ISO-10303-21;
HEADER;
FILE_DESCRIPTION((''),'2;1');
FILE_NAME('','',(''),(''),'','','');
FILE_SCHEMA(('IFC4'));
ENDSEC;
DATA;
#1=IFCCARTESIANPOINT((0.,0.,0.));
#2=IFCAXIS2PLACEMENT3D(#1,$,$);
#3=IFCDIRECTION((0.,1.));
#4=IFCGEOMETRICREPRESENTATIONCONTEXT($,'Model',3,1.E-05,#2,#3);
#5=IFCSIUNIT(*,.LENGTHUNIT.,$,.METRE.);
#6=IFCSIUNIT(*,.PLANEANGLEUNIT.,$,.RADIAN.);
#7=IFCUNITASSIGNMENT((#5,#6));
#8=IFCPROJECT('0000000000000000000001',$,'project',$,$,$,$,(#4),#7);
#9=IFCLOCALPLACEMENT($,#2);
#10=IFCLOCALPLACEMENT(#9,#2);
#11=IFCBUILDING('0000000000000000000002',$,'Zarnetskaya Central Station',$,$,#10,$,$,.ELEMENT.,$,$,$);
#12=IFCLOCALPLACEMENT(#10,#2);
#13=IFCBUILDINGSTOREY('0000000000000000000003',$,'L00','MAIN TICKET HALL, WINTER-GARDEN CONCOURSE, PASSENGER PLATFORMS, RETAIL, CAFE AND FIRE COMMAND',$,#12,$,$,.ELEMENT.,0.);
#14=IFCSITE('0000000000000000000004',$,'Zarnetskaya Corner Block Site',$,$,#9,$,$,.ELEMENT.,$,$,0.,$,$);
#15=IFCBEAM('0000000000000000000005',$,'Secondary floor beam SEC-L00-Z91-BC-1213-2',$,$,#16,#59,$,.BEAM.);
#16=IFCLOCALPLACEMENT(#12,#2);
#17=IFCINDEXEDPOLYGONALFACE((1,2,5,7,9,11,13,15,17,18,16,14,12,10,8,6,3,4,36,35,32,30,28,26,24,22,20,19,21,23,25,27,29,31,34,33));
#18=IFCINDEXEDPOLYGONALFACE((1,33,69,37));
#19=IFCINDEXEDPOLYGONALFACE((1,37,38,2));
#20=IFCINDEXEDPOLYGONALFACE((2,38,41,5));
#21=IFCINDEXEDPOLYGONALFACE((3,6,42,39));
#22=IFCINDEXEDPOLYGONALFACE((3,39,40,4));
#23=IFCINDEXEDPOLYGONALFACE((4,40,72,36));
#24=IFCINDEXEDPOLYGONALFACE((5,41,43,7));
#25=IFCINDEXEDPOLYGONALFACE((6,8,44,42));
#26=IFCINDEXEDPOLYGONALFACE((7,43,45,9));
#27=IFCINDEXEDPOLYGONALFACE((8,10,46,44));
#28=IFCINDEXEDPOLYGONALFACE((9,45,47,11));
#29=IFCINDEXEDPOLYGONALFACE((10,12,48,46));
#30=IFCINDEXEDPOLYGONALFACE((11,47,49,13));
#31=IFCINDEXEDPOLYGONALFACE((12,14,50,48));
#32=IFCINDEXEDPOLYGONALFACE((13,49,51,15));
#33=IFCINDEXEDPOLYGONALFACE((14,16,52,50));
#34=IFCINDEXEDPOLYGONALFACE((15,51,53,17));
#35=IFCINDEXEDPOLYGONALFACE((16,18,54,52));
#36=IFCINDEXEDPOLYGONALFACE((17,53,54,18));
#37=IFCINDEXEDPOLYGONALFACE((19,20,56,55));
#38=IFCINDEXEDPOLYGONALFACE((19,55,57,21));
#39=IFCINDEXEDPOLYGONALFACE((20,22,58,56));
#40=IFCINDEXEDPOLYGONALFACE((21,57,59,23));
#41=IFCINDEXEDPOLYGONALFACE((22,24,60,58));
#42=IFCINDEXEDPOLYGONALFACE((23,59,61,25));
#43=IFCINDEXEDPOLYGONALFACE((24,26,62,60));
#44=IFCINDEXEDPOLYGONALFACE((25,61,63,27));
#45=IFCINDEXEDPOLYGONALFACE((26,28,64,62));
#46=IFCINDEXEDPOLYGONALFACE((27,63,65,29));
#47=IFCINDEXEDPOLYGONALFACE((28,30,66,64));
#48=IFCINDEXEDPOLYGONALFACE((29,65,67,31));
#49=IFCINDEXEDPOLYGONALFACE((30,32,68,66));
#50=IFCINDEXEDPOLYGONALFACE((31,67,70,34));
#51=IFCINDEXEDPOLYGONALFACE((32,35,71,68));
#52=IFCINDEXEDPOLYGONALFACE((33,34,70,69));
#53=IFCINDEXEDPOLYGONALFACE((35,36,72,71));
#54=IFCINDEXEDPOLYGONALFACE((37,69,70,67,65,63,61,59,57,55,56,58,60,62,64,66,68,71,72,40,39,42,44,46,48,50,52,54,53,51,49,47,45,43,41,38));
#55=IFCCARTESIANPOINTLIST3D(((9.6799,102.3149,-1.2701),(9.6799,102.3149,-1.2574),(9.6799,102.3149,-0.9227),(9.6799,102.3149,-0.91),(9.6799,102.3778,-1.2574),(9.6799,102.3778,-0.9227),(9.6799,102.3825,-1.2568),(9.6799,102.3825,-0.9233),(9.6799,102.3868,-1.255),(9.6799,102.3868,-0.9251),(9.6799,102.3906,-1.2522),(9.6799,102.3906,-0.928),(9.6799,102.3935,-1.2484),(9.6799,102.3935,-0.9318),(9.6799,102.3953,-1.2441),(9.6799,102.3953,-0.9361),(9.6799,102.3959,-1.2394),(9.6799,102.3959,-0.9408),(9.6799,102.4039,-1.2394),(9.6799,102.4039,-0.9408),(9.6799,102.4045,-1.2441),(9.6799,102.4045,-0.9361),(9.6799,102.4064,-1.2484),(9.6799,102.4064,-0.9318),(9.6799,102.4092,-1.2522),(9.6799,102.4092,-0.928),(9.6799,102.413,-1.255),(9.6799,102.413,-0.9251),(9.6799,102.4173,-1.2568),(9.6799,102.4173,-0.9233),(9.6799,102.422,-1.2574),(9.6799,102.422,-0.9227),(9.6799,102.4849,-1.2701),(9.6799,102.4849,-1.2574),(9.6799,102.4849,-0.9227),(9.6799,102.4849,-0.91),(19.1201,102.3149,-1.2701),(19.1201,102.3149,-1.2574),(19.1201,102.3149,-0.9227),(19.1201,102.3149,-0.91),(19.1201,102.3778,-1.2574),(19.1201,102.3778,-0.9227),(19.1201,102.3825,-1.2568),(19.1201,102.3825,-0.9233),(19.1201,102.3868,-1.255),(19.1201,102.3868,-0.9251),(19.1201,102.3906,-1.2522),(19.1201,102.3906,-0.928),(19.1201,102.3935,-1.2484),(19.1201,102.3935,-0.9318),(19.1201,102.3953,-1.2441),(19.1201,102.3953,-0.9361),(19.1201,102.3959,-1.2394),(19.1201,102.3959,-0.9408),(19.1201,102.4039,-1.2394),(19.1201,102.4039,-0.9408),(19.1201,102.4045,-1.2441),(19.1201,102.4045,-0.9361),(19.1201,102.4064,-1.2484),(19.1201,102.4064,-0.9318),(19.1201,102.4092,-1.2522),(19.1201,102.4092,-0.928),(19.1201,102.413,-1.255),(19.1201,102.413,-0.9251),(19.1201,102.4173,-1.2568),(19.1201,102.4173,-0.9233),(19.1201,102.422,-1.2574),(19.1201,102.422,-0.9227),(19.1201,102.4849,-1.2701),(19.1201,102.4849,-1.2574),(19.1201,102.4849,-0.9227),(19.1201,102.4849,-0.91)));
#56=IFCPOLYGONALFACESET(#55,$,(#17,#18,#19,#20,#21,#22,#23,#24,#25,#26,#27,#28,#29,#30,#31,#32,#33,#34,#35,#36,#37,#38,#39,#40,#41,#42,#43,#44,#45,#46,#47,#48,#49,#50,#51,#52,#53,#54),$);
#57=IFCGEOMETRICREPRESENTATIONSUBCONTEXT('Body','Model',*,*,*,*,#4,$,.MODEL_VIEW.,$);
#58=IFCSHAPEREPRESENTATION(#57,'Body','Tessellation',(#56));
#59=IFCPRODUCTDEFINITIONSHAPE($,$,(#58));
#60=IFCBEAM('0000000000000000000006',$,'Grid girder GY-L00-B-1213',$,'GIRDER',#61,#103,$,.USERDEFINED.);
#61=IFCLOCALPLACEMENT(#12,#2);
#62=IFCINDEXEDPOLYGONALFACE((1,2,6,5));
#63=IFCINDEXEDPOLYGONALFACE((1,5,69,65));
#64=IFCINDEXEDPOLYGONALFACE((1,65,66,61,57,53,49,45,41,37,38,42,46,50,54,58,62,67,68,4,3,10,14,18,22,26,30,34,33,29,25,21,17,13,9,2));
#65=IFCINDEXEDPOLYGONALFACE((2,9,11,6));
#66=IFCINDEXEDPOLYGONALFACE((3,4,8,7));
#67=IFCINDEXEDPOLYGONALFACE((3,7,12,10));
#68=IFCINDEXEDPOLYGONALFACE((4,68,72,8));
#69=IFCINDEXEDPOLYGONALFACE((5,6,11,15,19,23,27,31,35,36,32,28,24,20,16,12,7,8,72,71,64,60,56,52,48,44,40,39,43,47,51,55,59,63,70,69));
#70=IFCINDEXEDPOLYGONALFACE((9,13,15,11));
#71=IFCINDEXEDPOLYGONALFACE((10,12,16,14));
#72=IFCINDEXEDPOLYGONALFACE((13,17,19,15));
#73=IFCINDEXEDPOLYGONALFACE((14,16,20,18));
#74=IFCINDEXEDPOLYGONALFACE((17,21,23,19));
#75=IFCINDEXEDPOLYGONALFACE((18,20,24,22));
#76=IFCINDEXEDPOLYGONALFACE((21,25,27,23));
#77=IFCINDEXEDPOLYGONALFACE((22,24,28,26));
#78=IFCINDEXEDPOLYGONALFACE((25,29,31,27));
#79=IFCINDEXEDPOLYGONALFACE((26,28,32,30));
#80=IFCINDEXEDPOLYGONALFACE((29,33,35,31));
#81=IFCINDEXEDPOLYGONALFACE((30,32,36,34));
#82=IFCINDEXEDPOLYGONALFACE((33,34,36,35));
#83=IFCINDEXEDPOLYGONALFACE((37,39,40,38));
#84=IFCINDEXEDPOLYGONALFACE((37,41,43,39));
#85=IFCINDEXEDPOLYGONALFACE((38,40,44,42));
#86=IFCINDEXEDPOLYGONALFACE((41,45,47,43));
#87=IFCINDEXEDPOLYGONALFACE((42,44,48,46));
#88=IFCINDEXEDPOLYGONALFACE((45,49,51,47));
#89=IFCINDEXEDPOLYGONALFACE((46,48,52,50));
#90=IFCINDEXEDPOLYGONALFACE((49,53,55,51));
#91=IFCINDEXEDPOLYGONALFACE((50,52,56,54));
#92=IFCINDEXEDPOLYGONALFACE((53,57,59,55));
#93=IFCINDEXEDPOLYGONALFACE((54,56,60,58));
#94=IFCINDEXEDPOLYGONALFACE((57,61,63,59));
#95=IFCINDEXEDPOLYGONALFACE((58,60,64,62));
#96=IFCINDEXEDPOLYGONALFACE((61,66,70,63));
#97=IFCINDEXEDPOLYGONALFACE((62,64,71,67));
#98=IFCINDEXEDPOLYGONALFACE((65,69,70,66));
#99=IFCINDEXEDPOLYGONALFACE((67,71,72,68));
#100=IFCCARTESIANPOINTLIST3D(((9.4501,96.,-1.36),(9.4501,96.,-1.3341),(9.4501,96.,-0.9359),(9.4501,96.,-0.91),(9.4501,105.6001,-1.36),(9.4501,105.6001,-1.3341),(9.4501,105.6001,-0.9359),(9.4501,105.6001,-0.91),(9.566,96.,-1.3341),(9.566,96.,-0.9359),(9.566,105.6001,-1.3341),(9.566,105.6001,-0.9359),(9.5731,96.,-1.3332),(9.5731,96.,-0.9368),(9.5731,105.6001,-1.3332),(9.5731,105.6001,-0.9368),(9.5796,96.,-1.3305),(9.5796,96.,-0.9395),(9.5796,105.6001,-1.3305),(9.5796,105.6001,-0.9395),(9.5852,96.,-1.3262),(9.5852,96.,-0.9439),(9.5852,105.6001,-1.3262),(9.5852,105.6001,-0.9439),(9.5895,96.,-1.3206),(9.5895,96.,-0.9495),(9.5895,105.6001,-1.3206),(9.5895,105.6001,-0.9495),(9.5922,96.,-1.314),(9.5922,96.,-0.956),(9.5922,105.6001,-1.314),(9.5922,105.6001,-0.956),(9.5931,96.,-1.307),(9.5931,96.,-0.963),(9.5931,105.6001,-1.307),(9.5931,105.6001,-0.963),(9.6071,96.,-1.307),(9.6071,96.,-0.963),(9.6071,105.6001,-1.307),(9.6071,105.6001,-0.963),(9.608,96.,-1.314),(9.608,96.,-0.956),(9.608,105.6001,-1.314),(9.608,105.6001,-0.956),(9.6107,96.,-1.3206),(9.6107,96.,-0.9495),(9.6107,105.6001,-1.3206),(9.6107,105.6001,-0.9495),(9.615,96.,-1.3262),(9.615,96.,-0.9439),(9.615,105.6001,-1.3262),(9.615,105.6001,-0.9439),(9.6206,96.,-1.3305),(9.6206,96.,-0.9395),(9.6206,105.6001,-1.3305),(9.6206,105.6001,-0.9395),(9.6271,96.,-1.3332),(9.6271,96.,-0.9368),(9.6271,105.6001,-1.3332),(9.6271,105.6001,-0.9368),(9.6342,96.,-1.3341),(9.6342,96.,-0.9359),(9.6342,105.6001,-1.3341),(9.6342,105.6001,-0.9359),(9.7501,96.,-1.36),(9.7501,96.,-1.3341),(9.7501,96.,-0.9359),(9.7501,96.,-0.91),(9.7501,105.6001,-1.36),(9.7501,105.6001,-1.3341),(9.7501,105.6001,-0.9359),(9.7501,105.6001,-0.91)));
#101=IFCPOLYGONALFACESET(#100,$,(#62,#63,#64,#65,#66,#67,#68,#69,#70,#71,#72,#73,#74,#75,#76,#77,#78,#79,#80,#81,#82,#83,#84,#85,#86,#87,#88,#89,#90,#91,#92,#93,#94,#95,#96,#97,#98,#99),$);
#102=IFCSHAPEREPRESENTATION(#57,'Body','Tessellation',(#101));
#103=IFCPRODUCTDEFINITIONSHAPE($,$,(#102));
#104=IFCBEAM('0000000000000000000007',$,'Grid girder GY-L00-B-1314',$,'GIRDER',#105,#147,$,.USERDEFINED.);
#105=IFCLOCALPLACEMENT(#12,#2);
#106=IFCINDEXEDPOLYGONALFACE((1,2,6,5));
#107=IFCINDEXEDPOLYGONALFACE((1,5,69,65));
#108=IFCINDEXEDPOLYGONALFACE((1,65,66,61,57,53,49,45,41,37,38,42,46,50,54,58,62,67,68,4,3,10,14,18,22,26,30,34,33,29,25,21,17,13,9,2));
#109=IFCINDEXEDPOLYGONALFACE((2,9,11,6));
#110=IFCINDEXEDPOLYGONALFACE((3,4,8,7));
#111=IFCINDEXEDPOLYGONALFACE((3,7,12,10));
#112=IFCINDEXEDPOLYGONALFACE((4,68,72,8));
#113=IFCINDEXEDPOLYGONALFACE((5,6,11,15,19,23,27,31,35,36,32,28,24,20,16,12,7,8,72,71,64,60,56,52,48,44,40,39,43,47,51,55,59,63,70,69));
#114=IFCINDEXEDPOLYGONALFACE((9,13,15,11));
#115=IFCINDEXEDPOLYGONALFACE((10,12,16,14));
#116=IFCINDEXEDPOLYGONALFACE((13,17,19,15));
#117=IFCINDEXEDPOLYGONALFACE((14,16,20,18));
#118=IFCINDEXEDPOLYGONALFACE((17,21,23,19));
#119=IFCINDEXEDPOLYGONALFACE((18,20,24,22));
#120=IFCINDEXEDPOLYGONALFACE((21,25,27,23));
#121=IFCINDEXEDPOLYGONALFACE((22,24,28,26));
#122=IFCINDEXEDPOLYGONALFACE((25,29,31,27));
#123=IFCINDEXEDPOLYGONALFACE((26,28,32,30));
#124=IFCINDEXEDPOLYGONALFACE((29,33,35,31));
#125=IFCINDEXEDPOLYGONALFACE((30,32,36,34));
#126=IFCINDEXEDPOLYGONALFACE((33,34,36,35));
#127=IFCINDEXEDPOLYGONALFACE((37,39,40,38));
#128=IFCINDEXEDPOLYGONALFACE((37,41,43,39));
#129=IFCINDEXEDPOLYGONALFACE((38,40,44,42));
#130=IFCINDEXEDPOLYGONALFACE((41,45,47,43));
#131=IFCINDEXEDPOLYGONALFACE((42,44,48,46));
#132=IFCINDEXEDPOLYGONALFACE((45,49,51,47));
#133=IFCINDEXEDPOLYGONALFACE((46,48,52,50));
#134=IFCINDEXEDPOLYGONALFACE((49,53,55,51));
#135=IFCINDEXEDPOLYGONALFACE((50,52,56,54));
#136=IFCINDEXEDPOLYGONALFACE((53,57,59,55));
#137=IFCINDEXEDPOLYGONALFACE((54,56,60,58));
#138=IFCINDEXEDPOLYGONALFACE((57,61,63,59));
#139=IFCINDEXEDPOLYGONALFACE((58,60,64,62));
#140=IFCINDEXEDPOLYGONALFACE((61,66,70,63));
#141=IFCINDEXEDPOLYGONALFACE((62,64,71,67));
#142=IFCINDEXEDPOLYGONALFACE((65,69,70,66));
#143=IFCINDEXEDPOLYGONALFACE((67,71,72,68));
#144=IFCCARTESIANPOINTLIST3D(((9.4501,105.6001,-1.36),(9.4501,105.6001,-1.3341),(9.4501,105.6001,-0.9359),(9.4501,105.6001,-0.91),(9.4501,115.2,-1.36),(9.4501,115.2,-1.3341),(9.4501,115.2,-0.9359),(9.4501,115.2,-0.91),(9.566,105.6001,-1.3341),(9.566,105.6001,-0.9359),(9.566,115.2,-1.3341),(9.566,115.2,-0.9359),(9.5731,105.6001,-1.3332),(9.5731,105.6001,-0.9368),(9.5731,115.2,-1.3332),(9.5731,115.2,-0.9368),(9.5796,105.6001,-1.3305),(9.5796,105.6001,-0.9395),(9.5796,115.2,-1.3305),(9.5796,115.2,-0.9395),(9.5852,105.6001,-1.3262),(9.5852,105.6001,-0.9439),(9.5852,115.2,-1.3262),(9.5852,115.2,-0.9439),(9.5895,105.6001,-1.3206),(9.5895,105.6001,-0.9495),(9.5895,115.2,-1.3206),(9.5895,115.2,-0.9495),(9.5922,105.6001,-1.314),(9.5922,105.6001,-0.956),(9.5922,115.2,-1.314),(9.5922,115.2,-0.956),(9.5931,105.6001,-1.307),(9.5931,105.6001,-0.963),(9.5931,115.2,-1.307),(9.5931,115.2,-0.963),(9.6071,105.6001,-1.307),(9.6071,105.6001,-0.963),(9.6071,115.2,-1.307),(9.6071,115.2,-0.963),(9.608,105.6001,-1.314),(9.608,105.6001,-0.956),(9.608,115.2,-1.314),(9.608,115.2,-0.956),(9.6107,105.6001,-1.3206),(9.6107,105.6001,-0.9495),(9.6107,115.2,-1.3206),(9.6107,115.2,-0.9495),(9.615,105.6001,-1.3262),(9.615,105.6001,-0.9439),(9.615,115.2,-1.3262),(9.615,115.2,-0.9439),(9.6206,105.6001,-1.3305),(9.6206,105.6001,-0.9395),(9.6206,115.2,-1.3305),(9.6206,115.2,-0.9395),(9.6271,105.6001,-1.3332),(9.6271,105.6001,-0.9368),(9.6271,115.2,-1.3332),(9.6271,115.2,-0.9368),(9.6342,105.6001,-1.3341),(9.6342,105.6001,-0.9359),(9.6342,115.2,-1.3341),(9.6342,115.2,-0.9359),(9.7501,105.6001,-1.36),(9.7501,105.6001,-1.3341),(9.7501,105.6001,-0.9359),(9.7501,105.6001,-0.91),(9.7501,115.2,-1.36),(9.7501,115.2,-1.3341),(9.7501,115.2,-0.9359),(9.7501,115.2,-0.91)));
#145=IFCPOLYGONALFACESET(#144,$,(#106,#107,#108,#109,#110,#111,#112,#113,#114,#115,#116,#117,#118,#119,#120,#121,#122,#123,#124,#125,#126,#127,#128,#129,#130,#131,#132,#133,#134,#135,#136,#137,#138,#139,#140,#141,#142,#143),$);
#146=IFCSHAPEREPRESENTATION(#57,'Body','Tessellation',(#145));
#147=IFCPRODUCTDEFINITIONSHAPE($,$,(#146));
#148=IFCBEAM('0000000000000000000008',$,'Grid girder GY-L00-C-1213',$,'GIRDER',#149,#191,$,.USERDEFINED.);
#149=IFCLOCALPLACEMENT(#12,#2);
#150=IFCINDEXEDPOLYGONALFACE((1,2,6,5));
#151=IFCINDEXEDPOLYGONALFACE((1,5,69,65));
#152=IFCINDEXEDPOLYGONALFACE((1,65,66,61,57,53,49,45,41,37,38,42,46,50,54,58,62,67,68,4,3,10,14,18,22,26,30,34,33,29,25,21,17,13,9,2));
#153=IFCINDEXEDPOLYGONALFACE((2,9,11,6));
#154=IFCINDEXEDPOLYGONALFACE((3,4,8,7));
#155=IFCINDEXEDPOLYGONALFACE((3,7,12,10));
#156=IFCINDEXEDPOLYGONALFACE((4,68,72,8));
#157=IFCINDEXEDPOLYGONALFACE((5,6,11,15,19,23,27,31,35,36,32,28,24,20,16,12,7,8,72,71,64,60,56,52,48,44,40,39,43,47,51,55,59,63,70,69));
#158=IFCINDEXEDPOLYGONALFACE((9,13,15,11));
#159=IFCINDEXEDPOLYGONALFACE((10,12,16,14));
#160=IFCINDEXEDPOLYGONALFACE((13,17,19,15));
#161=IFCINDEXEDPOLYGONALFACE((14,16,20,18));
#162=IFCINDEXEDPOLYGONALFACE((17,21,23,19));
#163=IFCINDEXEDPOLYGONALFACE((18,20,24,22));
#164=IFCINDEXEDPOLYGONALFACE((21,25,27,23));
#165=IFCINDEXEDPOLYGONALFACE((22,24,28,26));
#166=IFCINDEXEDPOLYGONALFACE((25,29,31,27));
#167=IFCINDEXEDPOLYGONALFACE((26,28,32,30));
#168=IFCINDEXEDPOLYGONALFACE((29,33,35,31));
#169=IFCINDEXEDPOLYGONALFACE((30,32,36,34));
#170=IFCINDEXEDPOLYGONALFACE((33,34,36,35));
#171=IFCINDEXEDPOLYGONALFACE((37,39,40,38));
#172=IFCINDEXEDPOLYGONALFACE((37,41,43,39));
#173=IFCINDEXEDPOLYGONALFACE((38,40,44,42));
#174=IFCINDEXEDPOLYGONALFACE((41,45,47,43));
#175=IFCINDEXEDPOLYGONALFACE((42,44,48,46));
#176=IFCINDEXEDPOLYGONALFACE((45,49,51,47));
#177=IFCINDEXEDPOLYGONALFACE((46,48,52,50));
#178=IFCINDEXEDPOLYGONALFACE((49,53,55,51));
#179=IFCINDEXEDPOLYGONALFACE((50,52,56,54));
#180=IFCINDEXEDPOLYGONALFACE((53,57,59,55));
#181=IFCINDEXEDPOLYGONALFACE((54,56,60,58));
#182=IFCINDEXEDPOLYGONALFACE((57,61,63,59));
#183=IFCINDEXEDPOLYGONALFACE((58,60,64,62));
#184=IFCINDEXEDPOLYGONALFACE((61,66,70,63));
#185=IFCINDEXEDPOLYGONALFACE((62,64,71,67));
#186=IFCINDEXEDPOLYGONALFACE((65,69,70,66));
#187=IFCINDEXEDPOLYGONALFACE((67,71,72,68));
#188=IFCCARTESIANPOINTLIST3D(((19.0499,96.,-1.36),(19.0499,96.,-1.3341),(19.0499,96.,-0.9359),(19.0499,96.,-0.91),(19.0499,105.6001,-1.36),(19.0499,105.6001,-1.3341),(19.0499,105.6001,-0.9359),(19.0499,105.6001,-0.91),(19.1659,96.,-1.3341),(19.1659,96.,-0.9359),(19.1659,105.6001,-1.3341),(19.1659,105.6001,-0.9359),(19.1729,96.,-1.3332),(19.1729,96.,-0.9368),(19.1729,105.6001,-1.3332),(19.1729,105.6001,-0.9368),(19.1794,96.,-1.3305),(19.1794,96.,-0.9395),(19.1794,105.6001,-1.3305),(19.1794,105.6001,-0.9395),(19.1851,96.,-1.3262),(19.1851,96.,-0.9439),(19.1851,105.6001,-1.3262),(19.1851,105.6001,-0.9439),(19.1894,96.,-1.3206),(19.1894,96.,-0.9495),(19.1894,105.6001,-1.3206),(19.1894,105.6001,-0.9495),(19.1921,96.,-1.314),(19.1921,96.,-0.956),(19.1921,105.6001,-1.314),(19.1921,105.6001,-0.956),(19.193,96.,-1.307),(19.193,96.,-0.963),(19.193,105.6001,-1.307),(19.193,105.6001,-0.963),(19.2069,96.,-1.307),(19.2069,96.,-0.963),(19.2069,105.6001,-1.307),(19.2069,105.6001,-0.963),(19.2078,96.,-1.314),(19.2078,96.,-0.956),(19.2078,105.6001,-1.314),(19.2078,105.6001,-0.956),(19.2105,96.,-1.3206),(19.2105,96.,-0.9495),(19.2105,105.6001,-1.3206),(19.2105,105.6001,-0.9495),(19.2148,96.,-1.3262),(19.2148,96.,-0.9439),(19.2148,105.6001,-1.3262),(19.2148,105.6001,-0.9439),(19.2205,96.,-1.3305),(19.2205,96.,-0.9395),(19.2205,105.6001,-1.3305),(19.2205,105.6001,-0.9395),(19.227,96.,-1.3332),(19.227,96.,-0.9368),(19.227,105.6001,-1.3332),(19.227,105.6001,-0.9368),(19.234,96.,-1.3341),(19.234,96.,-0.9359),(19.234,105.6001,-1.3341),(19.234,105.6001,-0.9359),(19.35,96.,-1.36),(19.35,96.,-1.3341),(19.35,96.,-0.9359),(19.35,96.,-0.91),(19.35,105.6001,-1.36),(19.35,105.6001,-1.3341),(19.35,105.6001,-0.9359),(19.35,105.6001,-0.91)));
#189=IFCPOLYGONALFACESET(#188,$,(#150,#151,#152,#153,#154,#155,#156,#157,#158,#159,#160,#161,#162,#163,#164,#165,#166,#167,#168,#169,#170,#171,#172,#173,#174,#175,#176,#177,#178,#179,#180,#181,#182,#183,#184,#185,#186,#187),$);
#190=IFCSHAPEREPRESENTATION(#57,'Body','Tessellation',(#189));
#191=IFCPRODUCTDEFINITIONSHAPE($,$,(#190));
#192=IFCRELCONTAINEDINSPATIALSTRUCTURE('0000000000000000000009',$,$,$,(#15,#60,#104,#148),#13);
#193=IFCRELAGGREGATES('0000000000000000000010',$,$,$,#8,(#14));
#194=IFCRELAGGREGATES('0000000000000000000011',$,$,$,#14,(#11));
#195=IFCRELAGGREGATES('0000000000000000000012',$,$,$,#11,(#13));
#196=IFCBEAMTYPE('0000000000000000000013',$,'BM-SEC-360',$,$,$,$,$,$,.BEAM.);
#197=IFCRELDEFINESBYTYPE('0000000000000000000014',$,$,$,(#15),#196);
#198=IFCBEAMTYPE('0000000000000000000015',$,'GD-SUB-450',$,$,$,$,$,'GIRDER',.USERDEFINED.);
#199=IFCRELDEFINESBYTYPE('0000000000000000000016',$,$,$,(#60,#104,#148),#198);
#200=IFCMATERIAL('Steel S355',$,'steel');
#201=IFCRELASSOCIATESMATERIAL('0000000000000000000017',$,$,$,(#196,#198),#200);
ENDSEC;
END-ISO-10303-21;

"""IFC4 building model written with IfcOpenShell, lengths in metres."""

from ifc_helpers import new_model, si_unit, direction, frame, origin, origin_2d, place, context, subcontext, project, spatial, i_section, extrude, material, material_profile, profile_set, type_object, element, save


model = new_model("IFC4")

# Units and contexts
model_context = context("Model", 3, precision=1e-05, world=origin(), true_north=direction((0.0, 1.0)))
body_context = subcontext(model_context, "Body", "Model", "MODEL_VIEW")
ifc_project = project(units=[si_unit("LENGTHUNIT", "METRE"), si_unit("PLANEANGLEUNIT", "RADIAN")], contexts=[model_context])

# Site, building, storey
site_placement = place(None, origin())
site = spatial("IfcSite", under=ifc_project, at=site_placement, Name="Zarnetskaya Corner Block Site", CompositionType="ELEMENT", RefElevation=0.0)
building_placement = place(site_placement, origin())
building = spatial("IfcBuilding", under=site, at=building_placement, Name="Zarnetskaya Central Station", CompositionType="ELEMENT")
storey_placement = place(building_placement, origin())
storey = spatial("IfcBuildingStorey", under=building, at=storey_placement, Name="L00", Description="MAIN TICKET HALL, WINTER-GARDEN CONCOURSE, PASSENGER PLATFORMS, RETAIL, CAFE AND FIRE COMMAND", CompositionType="ELEMENT", Elevation=0.0)

# Shared definitions
ifc_material = material(Name="Steel S355", Category="steel")

# Beams
ifc_material_profile_1 = material_profile(ifc_material, i_section(OverallWidth=0.1699, OverallDepth=0.3601, WebThickness=0.0081, FlangeThickness=0.0127, FilletRadius=0.0181, at=origin_2d()), Name="IPE 360")
ifc_profile_set_1 = profile_set([ifc_material_profile_1], Name="Steel S355")
beam_type_1 = type_object("IfcBeamType", Name="BM-SEC-360", PredefinedType="BEAM", material=ifc_profile_set_1)
for number, where, z_axis, x_axis, name in (
    (1, (9.6799, 102.3999, -1.0901), (1.0, 0.0, 0.0), (0.0, 1.0, 0.0), "Secondary floor beam SEC-L00-Z91-BC-1213-2"),
):
    element("IfcBeam", number, at=place(storey_placement, frame(where, z_axis=z_axis, x_axis=x_axis)), inside=storey, type_object=beam_type_1, Name=name, PredefinedType="BEAM", context=body_context, shape_type="SweptSolid", body=[
        extrude(i_section(OverallWidth=0.1699, OverallDepth=0.3601, WebThickness=0.0081, FlangeThickness=0.0127, FilletRadius=0.0181, at=origin_2d()), origin(), (0.0, 0.0, 1.0), 9.4402),
    ])
ifc_material_profile_2 = material_profile(ifc_material, i_section(OverallWidth=0.3, OverallDepth=0.45, WebThickness=0.0139, FlangeThickness=0.0259, FilletRadius=0.0271, at=origin_2d()), Name="HEB 450")
ifc_profile_set_2 = profile_set([ifc_material_profile_2], Name="Steel S355")
beam_type_2 = type_object("IfcBeamType", Name="GD-SUB-450", ElementType="GIRDER", PredefinedType="USERDEFINED", material=ifc_profile_set_2)
beam_1_placement = place(storey_placement, frame((9.6001, 96.0, -1.135), z_axis=(0.0, 1.0, 0.0), x_axis=(-1.0, 0.0, 0.0)))
element("IfcBeam", 2, at=beam_1_placement, inside=storey, type_object=beam_type_2, Name="Grid girder GY-L00-B-1213", ObjectType="GIRDER", PredefinedType="USERDEFINED", context=body_context, shape_type="SweptSolid", body=[
    extrude(i_section(OverallWidth=0.3, OverallDepth=0.45, WebThickness=0.0139, FlangeThickness=0.0259, FilletRadius=0.0271, at=origin_2d()), origin(), (0.0, 0.0, 1.0), 9.6001),
])
beam_2_placement = place(storey_placement, frame((9.6001, 105.6001, -1.135), z_axis=(0.0, 1.0, 0.0), x_axis=(-1.0, 0.0, 0.0)))
element("IfcBeam", 3, at=beam_2_placement, inside=storey, type_object=beam_type_2, Name="Grid girder GY-L00-B-1314", ObjectType="GIRDER", PredefinedType="USERDEFINED", context=body_context, shape_type="SweptSolid", body=[
    extrude(i_section(OverallWidth=0.3, OverallDepth=0.45, WebThickness=0.0139, FlangeThickness=0.0259, FilletRadius=0.0271, at=origin_2d()), origin(), (0.0, 0.0, 1.0), 9.5999),
])
beam_3_placement = place(storey_placement, frame((19.2, 96.0, -1.135), z_axis=(0.0, 1.0, 0.0), x_axis=(-1.0, 0.0, 0.0)))
element("IfcBeam", 4, at=beam_3_placement, inside=storey, type_object=beam_type_2, Name="Grid girder GY-L00-C-1213", ObjectType="GIRDER", PredefinedType="USERDEFINED", context=body_context, shape_type="SweptSolid", body=[
    extrude(i_section(OverallWidth=0.3, OverallDepth=0.45, WebThickness=0.0139, FlangeThickness=0.0259, FilletRadius=0.0271, at=origin_2d()), origin(), (0.0, 0.0, 1.0), 9.6001),
])

save(model, "model.ifc")
